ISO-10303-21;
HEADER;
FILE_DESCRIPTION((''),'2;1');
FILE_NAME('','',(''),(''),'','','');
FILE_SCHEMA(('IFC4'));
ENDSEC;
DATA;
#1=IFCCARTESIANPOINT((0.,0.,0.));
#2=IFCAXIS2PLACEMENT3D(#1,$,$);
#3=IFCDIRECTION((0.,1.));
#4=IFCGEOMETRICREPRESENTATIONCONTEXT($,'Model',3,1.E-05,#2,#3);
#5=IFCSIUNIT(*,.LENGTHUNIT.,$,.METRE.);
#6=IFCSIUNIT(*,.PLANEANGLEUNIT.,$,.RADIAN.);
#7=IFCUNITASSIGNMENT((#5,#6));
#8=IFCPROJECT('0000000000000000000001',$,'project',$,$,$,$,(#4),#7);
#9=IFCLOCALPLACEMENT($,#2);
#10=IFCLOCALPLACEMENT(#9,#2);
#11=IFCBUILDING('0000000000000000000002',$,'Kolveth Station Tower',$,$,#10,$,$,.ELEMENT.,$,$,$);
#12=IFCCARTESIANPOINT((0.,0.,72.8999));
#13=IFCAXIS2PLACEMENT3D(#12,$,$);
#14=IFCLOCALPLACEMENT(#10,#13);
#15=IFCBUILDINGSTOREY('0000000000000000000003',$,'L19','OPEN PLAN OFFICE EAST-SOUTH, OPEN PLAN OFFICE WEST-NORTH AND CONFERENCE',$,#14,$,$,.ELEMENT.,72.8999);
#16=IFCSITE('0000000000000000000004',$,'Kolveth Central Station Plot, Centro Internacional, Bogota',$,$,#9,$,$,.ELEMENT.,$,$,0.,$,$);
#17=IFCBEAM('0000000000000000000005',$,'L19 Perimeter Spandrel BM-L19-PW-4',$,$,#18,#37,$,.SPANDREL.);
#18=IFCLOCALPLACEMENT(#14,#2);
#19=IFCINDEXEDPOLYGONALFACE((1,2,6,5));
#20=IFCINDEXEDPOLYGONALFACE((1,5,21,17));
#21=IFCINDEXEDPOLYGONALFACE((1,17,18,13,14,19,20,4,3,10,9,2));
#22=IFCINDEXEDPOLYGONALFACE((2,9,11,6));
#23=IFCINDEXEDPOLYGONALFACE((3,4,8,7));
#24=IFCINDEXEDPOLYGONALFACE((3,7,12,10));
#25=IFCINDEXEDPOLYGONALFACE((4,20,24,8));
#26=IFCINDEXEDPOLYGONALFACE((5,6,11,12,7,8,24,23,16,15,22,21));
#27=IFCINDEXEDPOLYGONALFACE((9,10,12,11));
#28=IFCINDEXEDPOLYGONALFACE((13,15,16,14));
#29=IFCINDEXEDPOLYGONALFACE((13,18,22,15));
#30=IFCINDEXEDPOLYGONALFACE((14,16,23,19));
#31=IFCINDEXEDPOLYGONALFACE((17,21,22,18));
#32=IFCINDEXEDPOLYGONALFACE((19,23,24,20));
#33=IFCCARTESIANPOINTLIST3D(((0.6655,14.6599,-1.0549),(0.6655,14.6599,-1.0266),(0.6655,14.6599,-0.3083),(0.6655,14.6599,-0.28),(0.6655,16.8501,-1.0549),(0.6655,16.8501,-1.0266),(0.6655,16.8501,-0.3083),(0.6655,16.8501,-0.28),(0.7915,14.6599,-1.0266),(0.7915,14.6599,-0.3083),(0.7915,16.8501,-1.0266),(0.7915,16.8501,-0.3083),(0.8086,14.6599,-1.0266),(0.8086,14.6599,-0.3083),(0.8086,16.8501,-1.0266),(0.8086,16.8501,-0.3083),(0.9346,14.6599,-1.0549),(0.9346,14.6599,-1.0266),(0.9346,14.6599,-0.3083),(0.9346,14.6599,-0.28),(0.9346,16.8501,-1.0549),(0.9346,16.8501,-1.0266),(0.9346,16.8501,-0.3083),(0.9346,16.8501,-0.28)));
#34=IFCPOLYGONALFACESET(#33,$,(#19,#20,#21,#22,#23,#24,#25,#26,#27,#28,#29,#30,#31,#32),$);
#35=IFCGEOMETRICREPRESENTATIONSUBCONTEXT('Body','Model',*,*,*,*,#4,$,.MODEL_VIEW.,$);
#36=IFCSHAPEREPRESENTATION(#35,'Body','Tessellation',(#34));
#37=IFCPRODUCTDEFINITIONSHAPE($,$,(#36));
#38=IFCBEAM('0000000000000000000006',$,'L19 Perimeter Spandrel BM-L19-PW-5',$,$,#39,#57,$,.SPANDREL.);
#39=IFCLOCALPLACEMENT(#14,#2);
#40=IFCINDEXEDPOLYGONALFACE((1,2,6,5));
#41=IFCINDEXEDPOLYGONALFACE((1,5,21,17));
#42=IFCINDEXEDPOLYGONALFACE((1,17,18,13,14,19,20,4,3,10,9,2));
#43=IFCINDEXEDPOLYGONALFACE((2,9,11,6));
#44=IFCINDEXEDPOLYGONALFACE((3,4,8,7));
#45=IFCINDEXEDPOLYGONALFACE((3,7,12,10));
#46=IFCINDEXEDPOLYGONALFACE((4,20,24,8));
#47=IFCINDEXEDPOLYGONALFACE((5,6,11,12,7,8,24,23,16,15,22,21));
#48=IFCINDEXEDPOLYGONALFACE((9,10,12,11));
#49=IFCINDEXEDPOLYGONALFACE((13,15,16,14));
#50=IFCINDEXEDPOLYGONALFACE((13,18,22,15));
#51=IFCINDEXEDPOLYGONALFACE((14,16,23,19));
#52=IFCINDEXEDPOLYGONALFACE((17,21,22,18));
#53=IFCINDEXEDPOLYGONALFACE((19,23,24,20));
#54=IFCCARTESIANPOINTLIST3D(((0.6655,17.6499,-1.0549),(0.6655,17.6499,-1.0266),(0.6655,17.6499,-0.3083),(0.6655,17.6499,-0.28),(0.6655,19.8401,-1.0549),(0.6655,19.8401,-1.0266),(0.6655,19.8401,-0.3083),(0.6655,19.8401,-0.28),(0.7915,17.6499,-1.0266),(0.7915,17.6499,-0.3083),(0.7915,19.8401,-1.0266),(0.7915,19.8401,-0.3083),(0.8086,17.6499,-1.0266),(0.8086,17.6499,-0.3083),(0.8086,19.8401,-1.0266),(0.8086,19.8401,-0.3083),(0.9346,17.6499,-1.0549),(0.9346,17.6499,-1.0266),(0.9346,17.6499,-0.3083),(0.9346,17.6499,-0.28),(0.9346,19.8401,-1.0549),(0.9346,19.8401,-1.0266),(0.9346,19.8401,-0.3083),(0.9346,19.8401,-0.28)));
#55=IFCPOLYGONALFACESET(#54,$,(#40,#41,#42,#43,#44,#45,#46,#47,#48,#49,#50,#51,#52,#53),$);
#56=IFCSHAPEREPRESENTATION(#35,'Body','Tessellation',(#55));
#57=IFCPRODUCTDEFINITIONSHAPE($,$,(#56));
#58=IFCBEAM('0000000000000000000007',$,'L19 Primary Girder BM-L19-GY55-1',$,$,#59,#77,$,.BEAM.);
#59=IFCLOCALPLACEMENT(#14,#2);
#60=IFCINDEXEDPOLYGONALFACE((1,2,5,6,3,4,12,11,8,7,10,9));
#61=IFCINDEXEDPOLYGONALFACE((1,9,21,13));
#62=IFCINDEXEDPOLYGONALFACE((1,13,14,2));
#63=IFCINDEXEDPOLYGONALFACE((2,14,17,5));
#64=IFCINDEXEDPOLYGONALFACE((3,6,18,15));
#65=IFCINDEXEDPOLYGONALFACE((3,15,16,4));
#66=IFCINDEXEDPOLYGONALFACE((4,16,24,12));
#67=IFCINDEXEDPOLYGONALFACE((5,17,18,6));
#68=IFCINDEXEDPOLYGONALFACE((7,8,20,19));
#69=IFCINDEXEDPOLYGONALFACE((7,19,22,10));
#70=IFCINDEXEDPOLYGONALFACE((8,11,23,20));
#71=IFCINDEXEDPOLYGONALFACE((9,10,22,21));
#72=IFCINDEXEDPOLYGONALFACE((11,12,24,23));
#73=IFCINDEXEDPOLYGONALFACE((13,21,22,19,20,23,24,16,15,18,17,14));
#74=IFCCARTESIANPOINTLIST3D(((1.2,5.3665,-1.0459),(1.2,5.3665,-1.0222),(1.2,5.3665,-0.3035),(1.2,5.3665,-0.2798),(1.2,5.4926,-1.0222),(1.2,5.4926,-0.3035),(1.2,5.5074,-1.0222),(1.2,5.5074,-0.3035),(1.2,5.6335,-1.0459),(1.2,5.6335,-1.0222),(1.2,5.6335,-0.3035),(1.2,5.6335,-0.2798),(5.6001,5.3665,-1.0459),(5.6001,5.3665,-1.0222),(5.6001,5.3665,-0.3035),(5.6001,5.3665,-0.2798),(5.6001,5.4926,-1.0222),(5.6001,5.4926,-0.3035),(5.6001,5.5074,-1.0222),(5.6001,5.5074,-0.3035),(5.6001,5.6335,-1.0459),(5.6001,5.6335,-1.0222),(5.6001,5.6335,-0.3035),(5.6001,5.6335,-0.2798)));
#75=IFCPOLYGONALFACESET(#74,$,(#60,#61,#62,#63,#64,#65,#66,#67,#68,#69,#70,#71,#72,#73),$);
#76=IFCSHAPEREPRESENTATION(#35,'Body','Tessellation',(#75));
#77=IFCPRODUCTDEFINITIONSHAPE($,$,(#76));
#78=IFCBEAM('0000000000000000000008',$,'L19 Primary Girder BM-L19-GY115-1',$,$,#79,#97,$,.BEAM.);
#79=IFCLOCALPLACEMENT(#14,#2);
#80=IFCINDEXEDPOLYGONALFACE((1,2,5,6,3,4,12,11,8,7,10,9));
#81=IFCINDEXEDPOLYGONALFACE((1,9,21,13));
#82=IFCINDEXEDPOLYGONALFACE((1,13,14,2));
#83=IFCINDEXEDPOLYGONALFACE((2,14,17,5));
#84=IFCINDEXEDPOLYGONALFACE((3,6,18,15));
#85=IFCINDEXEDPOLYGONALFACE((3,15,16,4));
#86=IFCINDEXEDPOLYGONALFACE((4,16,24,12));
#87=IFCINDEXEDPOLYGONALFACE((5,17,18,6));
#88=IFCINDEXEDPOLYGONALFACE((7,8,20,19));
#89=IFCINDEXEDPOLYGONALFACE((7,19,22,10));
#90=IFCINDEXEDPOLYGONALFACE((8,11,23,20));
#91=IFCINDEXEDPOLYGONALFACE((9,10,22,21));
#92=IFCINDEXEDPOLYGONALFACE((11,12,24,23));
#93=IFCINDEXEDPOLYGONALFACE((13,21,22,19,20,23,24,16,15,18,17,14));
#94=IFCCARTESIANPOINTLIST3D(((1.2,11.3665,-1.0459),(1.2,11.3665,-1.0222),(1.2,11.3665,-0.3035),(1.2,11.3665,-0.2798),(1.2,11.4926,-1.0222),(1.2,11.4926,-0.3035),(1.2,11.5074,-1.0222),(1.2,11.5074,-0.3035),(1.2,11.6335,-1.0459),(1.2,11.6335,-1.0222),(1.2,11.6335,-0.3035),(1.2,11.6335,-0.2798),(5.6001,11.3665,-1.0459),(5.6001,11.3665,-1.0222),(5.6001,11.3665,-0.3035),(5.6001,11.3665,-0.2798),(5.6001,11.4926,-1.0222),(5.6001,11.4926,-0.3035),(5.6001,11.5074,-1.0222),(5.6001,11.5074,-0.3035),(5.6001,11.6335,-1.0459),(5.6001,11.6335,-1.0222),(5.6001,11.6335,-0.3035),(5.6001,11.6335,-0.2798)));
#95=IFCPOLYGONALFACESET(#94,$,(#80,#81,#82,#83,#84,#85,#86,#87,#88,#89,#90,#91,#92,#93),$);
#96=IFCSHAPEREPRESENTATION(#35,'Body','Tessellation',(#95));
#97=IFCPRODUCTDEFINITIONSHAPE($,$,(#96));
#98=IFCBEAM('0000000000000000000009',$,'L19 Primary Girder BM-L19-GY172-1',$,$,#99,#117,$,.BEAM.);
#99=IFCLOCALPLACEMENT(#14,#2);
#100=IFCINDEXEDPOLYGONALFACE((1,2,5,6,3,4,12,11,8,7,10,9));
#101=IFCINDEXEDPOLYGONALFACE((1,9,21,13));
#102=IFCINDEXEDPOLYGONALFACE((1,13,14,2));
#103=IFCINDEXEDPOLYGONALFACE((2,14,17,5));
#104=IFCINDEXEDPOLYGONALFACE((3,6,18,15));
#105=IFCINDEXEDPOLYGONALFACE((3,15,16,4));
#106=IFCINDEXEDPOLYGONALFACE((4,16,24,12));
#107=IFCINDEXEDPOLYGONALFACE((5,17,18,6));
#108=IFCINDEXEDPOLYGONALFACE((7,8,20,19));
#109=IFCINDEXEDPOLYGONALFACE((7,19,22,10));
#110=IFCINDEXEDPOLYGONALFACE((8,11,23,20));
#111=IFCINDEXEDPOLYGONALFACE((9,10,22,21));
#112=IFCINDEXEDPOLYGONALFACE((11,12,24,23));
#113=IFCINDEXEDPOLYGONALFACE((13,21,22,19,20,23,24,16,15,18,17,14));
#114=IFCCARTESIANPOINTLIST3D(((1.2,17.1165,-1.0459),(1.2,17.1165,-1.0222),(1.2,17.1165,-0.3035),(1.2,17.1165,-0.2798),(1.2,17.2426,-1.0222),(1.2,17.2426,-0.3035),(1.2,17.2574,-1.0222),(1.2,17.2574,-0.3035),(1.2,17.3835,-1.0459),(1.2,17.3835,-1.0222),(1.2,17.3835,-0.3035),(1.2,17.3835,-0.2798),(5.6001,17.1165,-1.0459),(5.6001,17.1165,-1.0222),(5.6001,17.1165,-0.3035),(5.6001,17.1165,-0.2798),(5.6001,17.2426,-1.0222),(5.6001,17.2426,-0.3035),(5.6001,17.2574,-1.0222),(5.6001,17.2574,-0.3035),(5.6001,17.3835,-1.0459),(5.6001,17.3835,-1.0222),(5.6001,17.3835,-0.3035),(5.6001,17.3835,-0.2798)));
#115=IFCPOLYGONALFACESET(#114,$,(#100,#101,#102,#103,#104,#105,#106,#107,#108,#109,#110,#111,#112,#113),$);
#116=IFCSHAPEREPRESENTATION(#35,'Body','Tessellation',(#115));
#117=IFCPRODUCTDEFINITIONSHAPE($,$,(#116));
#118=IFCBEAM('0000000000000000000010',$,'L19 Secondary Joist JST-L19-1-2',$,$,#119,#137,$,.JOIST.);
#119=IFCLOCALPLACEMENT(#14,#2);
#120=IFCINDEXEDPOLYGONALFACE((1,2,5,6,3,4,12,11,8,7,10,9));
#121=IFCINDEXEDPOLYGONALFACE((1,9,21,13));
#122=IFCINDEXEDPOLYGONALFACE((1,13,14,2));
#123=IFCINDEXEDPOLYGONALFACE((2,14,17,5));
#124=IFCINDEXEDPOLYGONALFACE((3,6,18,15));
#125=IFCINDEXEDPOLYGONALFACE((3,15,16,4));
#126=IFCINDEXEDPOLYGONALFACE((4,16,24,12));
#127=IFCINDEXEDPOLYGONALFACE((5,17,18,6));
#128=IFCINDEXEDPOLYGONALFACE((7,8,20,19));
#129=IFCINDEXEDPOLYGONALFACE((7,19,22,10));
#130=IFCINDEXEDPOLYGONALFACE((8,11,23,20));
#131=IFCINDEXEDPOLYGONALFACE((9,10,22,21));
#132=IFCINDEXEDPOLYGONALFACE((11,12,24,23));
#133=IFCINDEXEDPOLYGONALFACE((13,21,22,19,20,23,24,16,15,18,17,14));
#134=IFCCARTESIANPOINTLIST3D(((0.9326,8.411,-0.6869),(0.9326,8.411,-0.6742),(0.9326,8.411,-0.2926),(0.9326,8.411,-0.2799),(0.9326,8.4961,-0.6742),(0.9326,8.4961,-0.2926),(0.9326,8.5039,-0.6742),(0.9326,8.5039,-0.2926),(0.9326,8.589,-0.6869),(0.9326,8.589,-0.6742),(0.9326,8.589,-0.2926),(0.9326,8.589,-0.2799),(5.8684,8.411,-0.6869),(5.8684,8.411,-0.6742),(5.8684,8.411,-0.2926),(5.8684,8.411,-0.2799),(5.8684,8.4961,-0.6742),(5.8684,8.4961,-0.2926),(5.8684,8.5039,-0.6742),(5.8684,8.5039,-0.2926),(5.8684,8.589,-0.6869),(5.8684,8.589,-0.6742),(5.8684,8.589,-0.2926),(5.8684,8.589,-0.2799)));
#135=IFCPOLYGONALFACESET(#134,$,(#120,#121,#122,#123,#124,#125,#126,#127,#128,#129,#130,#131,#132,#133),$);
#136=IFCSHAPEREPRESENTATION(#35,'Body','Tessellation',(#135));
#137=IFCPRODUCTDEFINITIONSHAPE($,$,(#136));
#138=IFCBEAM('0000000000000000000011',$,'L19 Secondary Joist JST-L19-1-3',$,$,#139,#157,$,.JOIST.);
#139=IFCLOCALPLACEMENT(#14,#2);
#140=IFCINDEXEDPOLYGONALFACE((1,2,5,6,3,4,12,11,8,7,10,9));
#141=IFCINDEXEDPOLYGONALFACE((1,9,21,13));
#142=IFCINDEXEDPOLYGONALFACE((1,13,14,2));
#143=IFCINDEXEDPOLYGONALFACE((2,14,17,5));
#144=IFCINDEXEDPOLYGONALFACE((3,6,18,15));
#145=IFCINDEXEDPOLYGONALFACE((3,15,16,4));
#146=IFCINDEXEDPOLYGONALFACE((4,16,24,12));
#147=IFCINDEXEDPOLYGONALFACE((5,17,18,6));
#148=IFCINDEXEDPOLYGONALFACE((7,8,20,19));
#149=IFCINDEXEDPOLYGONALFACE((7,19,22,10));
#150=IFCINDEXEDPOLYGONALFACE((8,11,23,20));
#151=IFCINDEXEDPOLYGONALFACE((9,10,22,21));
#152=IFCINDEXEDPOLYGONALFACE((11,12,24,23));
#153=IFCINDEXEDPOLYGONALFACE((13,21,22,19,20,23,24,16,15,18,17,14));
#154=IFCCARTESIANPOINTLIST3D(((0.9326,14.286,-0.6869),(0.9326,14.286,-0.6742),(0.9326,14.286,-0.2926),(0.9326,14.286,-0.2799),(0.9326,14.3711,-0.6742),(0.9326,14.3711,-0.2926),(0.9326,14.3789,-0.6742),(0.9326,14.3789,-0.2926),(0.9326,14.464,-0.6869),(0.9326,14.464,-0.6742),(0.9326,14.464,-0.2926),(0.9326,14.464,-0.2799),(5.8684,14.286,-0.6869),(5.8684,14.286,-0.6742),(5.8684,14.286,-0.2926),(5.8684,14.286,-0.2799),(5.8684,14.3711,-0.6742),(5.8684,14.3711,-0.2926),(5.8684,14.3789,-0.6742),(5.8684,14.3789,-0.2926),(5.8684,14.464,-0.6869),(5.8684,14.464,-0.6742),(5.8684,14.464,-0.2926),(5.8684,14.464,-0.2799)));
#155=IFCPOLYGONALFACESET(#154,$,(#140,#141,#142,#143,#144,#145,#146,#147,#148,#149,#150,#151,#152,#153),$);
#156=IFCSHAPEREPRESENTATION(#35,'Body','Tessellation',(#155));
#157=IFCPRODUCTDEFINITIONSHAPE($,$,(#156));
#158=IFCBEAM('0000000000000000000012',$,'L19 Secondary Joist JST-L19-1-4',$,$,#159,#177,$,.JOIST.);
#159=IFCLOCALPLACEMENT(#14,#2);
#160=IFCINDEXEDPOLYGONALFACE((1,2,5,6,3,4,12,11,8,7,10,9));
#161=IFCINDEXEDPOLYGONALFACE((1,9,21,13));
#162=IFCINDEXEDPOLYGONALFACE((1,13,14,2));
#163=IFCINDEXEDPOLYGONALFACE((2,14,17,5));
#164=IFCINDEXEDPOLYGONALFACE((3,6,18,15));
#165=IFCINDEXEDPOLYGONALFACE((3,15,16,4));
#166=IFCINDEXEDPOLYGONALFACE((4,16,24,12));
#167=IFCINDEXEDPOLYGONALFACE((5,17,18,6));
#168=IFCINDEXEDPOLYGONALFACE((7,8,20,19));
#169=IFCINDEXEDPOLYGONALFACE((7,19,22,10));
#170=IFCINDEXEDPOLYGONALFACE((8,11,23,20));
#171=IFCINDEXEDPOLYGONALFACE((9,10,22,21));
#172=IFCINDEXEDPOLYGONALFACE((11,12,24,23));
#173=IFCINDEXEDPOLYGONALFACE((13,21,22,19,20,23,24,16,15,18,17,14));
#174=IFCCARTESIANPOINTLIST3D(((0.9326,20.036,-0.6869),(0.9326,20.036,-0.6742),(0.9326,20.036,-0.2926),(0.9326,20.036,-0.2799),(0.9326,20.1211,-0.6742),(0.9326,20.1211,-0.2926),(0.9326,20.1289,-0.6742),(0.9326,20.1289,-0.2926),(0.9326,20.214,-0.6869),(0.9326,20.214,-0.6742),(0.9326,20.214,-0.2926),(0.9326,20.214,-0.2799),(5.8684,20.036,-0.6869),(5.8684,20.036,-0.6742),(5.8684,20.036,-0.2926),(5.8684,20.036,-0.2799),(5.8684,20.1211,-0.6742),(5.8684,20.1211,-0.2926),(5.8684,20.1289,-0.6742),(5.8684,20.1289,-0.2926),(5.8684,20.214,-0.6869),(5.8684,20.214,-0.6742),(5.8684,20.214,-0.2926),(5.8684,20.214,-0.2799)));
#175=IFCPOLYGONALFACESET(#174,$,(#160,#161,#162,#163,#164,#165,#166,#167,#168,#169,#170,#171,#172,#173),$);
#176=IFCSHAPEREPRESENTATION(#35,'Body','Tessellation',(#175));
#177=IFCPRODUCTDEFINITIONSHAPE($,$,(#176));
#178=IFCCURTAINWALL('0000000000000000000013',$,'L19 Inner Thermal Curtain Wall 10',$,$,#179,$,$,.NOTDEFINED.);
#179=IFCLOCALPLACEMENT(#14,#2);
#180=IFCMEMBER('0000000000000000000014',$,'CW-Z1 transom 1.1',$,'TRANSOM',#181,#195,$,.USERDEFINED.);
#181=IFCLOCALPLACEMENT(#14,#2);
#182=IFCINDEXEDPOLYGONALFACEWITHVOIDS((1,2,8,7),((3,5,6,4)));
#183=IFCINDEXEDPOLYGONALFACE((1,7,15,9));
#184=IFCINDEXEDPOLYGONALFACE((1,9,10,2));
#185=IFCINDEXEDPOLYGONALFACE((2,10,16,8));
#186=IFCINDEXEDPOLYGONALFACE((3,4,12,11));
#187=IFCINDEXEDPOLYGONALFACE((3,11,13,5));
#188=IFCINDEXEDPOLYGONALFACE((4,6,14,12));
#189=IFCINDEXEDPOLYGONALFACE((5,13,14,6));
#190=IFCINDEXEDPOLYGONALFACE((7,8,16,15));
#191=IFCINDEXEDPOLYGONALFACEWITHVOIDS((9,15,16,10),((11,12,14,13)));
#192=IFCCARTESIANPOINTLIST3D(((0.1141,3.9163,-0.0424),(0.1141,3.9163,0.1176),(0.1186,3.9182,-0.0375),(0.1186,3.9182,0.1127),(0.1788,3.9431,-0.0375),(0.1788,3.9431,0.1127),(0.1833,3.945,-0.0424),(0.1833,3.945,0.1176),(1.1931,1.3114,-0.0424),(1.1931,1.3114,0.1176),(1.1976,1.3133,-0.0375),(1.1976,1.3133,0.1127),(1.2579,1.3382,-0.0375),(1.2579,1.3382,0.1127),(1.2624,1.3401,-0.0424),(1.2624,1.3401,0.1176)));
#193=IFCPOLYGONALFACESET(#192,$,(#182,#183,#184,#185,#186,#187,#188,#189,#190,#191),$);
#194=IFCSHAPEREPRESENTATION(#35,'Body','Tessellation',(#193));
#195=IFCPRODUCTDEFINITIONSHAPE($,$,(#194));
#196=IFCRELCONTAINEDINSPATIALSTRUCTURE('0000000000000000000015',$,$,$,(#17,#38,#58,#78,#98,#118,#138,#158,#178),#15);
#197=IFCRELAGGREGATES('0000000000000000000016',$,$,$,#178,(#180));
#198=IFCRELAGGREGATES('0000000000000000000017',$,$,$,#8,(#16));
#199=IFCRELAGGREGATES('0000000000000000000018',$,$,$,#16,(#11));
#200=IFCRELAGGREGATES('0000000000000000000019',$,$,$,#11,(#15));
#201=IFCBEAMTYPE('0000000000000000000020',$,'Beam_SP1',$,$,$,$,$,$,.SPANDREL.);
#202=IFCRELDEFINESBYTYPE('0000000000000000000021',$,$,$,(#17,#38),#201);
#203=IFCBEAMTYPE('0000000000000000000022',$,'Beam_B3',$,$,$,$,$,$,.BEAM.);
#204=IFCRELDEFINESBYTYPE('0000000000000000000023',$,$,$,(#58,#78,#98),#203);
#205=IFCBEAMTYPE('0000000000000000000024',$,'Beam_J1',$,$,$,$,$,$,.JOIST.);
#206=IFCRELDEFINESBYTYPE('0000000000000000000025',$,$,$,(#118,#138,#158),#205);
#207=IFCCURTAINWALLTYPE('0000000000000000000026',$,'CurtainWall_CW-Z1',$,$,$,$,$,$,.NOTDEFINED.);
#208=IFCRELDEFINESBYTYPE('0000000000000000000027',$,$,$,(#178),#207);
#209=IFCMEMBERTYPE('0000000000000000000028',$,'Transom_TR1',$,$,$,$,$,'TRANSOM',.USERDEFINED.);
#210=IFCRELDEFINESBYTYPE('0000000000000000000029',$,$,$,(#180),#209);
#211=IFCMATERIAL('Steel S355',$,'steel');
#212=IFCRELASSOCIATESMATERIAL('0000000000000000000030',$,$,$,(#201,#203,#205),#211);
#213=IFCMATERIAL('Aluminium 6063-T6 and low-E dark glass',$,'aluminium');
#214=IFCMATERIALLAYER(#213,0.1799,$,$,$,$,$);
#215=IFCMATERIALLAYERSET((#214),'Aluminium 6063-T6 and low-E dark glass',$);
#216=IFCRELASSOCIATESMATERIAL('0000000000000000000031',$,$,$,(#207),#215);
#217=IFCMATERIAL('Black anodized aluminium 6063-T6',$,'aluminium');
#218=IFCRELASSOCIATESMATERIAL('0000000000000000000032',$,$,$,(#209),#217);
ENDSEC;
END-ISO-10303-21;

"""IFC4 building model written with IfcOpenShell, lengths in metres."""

from ifc_helpers import new_model, si_unit, direction, frame, origin, origin_2d, place, context, subcontext, project, spatial, hollow_rectangle, i_section, extrude, source, transform, mapped, material, layer, layer_set, material_profile, profile_set, type_object, element, aggregate, save


model = new_model("IFC4")

# Units and contexts
model_context = context("Model", 3, precision=1e-05, world=origin(), true_north=direction((0.0, 1.0)))
body_context = subcontext(model_context, "Body", "Model", "MODEL_VIEW")
ifc_project = project(units=[si_unit("LENGTHUNIT", "METRE"), si_unit("PLANEANGLEUNIT", "RADIAN")], contexts=[model_context])

# Site, building, storey
site_placement = place(None, origin())
site = spatial("IfcSite", under=ifc_project, at=site_placement, Name="Kolveth Central Station Plot, Centro Internacional, Bogota", CompositionType="ELEMENT", RefElevation=0.0)
building_placement = place(site_placement, origin())
building = spatial("IfcBuilding", under=site, at=building_placement, Name="Kolveth Station Tower", CompositionType="ELEMENT")
storey_placement = place(building_placement, frame((0.0, 0.0, 72.8999)))
storey = spatial("IfcBuildingStorey", under=building, at=storey_placement, Name="L19", Description="OPEN PLAN OFFICE EAST-SOUTH, OPEN PLAN OFFICE WEST-NORTH AND CONFERENCE", CompositionType="ELEMENT", Elevation=72.8999)

# Shared definitions
ifc_material_1 = material(Name="Steel S355", Category="steel")

# Beams
ifc_material_profile_1 = material_profile(ifc_material_1, i_section(OverallWidth=0.269, OverallDepth=0.7749, WebThickness=0.0171, FlangeThickness=0.0283, at=origin_2d()), Name="W760x220")
ifc_profile_set_1 = profile_set([ifc_material_profile_1], Name="Steel S355")
beam_type_1 = type_object("IfcBeamType", Name="Beam_SP1", PredefinedType="SPANDREL", material=ifc_profile_set_1)
shared_shape_1 = source(origin(), body_context, "Body", "SweptSolid", [
    extrude(i_section(OverallWidth=0.269, OverallDepth=0.7749, WebThickness=0.0171, FlangeThickness=0.0283, at=origin_2d()), origin(), (0.0, 0.0, 1.0), 2.1902),
])
for number, where, z_axis, x_axis, name in (
    (1, (0.8, 14.6599, -0.6675), (0.0, 1.0, 0.0), (-1.0, 0.0, 0.0), "L19 Perimeter Spandrel BM-L19-PW-4"),
    (2, (0.8, 17.6499, -0.6675), (0.0, 1.0, 0.0), (-1.0, 0.0, 0.0), "L19 Perimeter Spandrel BM-L19-PW-5"),
):
    element("IfcBeam", number, at=place(storey_placement, frame(where, z_axis=z_axis, x_axis=x_axis)), inside=storey, type_object=beam_type_1, Name=name, PredefinedType="SPANDREL", context=body_context, shape_type="MappedRepresentation", body=[
        mapped(shared_shape_1, transform((0.0, 0.0, 0.0), x_axis=(1.0, 0.0, 0.0), y_axis=(0.0, 1.0, 0.0), z_axis=(0.0, 0.0, 1.0), scale=1.0)),
    ])
ifc_material_profile_2 = material_profile(ifc_material_1, i_section(OverallWidth=0.2671, OverallDepth=0.7661, WebThickness=0.0149, FlangeThickness=0.0237, at=origin_2d()), Name="W760x185")
ifc_profile_set_2 = profile_set([ifc_material_profile_2], Name="Steel S355")
beam_type_2 = type_object("IfcBeamType", Name="Beam_B3", PredefinedType="BEAM", material=ifc_profile_set_2)
shared_shape_2 = source(origin(), body_context, "Body", "SweptSolid", [
    extrude(i_section(OverallWidth=0.2671, OverallDepth=0.7661, WebThickness=0.0149, FlangeThickness=0.0237, at=origin_2d()), origin(), (0.0, 0.0, 1.0), 4.4001),
])
for number, where, z_axis, x_axis, name in (
    (3, (1.2, 5.5, -0.6628), (1.0, 0.0, 0.0), (0.0, 1.0, 0.0), "L19 Primary Girder BM-L19-GY55-1"),
    (4, (1.2, 11.5, -0.6628), (1.0, 0.0, 0.0), (0.0, 1.0, 0.0), "L19 Primary Girder BM-L19-GY115-1"),
    (5, (1.2, 17.25, -0.6628), (1.0, 0.0, 0.0), (0.0, 1.0, 0.0), "L19 Primary Girder BM-L19-GY172-1"),
):
    element("IfcBeam", number, at=place(storey_placement, frame(where, z_axis=z_axis, x_axis=x_axis)), inside=storey, type_object=beam_type_2, Name=name, PredefinedType="BEAM", context=body_context, shape_type="MappedRepresentation", body=[
        mapped(shared_shape_2, transform((0.0, 0.0, 0.0), x_axis=(1.0, 0.0, 0.0), y_axis=(0.0, 1.0, 0.0), z_axis=(0.0, 0.0, 1.0), scale=1.0)),
    ])
ifc_material_profile_3 = material_profile(ifc_material_1, i_section(OverallWidth=0.178, OverallDepth=0.407, WebThickness=0.0078, FlangeThickness=0.0127, at=origin_2d()), Name="W410x60")
ifc_profile_set_3 = profile_set([ifc_material_profile_3], Name="Steel S355")
beam_type_3 = type_object("IfcBeamType", Name="Beam_J1", PredefinedType="JOIST", material=ifc_profile_set_3)
shared_shape_3 = source(origin(), body_context, "Body", "SweptSolid", [
    extrude(i_section(OverallWidth=0.178, OverallDepth=0.407, WebThickness=0.0078, FlangeThickness=0.0127, at=origin_2d()), origin(), (0.0, 0.0, 1.0), 4.9358),
])
for number, where, z_axis, x_axis, name in (
    (6, (0.9326, 8.5, -0.4834), (1.0, 0.0, 0.0), (0.0, 1.0, 0.0), "L19 Secondary Joist JST-L19-1-2"),
    (7, (0.9326, 14.375, -0.4834), (1.0, 0.0, 0.0), (0.0, 1.0, 0.0), "L19 Secondary Joist JST-L19-1-3"),
    (8, (0.9326, 20.125, -0.4834), (1.0, 0.0, 0.0), (0.0, 1.0, 0.0), "L19 Secondary Joist JST-L19-1-4"),
):
    element("IfcBeam", number, at=place(storey_placement, frame(where, z_axis=z_axis, x_axis=x_axis)), inside=storey, type_object=beam_type_3, Name=name, PredefinedType="JOIST", context=body_context, shape_type="MappedRepresentation", body=[
        mapped(shared_shape_3, transform((0.0, 0.0, 0.0), x_axis=(1.0, 0.0, 0.0), y_axis=(0.0, 1.0, 0.0), z_axis=(0.0, 0.0, 1.0), scale=1.0)),
    ])

# Curtain wall, member
ifc_material_2 = material(Name="Aluminium 6063-T6 and low-E dark glass", Category="aluminium")
ifc_layer_1 = layer(ifc_material_2, 0.1799)
ifc_layer_set_1 = layer_set([ifc_layer_1], Name="Aluminium 6063-T6 and low-E dark glass")
curtain_wall_type_1 = type_object("IfcCurtainWallType", Name="CurtainWall_CW-Z1", PredefinedType="NOTDEFINED", material=ifc_layer_set_1)
curtain_wall_1_placement = place(storey_placement, origin())
curtain_wall_1 = element("IfcCurtainWall", 9, at=curtain_wall_1_placement, inside=storey, type_object=curtain_wall_type_1, Name="L19 Inner Thermal Curtain Wall 10", PredefinedType="NOTDEFINED")
ifc_material_3 = material(Name="Black anodized aluminium 6063-T6", Category="aluminium")
ifc_material_profile_4 = material_profile(ifc_material_3, hollow_rectangle(XDim=0.075, YDim=0.1599, WallThickness=0.0049, at=origin_2d()), Name="ALU-75x160x5")
ifc_profile_set_4 = profile_set([ifc_material_profile_4], Name="Black anodized aluminium 6063-T6")
member_type_1 = type_object("IfcMemberType", Name="Transom_TR1", ElementType="TRANSOM", PredefinedType="USERDEFINED", material=ifc_profile_set_4)
shared_shape_4 = source(origin(), body_context, "Body", "SweptSolid", [
    extrude(hollow_rectangle(XDim=0.075, YDim=0.1599, WallThickness=0.0049, at=origin_2d()), origin(), (0.0, 0.0, 1.0), 2.8196),
])
member_1_placement = place(storey_placement, frame((0.1487, 3.9307, 0.0376), z_axis=(0.382709, -0.923869, 0.0), x_axis=(0.923869, 0.382709, 0.0)))
member_1 = element("IfcMember", 10, at=member_1_placement, type_object=member_type_1, Name="CW-Z1 transom 1.1", ObjectType="TRANSOM", PredefinedType="USERDEFINED", context=body_context, shape_type="MappedRepresentation", body=[
    mapped(shared_shape_4, transform((0.0, 0.0, 0.0), x_axis=(1.0, 0.0, 0.0), y_axis=(0.0, 1.0, 0.0), z_axis=(0.0, 0.0, 1.0), scale=1.0)),
])

aggregate(curtain_wall_1, [member_1])

save(model, "model.ifc")
